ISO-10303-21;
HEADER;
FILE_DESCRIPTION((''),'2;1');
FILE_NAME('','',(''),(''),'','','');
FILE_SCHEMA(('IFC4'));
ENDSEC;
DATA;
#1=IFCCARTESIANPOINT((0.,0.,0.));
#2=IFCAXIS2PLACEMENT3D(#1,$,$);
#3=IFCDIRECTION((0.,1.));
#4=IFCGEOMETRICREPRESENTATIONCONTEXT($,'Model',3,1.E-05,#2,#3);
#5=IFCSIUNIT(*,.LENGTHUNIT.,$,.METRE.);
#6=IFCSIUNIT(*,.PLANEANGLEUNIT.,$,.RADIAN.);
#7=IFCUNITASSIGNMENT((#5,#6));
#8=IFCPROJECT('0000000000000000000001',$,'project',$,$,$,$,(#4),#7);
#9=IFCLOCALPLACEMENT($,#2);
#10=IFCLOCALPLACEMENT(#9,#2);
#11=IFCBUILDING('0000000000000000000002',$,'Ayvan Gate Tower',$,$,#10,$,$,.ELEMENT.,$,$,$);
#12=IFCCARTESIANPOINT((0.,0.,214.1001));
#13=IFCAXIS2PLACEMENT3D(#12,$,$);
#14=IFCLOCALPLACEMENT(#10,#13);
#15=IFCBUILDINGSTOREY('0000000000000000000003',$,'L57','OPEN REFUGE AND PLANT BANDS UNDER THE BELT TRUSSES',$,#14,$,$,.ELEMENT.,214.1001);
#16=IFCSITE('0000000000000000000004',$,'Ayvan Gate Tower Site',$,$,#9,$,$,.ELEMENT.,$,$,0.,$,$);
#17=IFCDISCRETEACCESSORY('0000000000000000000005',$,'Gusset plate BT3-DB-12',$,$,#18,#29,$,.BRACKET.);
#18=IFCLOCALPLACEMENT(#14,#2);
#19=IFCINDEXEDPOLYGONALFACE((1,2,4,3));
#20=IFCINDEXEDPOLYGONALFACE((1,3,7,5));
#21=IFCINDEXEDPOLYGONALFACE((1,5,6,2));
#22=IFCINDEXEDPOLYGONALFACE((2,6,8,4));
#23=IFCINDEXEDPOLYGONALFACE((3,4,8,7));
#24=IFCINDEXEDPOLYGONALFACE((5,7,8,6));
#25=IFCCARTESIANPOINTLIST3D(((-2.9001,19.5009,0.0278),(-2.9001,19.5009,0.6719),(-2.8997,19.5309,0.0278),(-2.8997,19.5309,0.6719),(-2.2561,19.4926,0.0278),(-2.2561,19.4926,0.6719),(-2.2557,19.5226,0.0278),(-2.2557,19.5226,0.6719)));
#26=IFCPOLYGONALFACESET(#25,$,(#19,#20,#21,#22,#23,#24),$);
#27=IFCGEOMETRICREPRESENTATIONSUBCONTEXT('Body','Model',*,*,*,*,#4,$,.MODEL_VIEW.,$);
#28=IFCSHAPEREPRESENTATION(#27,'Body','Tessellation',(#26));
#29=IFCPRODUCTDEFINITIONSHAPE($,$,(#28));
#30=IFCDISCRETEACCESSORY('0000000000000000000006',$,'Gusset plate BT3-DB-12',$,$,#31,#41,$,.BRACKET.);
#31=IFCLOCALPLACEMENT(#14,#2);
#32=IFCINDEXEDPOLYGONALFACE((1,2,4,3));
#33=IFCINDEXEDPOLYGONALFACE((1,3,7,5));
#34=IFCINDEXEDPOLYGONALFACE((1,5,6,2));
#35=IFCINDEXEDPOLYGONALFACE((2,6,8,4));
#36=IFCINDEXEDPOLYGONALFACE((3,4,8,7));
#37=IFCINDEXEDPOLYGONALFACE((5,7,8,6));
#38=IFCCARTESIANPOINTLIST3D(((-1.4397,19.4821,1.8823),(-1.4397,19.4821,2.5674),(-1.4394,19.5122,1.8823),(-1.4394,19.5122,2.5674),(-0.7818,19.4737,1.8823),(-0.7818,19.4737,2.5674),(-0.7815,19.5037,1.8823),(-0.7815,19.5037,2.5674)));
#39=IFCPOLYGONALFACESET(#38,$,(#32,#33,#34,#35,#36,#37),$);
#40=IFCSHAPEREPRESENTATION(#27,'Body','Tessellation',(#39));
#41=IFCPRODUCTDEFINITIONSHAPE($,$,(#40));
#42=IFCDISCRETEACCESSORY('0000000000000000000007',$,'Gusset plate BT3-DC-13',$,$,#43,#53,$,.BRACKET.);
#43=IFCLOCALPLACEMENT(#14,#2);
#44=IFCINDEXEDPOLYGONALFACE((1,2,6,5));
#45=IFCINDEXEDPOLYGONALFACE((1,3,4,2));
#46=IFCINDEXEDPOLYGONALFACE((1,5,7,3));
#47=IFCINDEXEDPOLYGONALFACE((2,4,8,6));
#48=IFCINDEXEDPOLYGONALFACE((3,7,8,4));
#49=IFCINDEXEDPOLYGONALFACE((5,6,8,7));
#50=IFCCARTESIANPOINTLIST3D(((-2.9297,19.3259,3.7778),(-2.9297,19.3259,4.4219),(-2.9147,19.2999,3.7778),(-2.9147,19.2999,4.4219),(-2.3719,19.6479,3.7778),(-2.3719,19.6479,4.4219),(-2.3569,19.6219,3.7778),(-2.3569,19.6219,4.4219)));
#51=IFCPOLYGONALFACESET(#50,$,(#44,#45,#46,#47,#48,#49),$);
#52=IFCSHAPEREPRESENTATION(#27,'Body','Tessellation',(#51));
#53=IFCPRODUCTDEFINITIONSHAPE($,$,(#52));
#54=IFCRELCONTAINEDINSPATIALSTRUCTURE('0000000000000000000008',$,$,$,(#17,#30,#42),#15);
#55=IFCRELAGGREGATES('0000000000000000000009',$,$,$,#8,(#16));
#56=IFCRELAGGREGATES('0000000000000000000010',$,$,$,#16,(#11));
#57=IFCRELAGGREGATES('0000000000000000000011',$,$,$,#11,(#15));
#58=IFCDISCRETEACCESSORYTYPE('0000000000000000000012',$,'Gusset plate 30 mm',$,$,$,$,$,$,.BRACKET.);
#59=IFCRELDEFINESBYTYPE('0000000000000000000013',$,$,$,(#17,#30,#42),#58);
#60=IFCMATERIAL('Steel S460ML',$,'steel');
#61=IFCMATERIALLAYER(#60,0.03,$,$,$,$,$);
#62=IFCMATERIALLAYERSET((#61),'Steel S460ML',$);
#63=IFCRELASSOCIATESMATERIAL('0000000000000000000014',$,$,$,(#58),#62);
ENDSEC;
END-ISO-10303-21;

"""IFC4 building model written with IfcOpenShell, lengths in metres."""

from ifc_helpers import new_model, si_unit, direction, frame, origin, origin_2d, place, context, subcontext, project, spatial, rectangle, extrude, material, layer, layer_set, type_object, element, save


model = new_model("IFC4")

# Units and contexts
model_context = context("Model", 3, precision=1e-05, world=origin(), true_north=direction((0.0, 1.0)))
body_context = subcontext(model_context, "Body", "Model", "MODEL_VIEW")
ifc_project = project(units=[si_unit("LENGTHUNIT", "METRE"), si_unit("PLANEANGLEUNIT", "RADIAN")], contexts=[model_context])

# Site, building, storey
site_placement = place(None, origin())
site = spatial("IfcSite", under=ifc_project, at=site_placement, Name="Ayvan Gate Tower Site", CompositionType="ELEMENT", RefElevation=0.0)
building_placement = place(site_placement, origin())
building = spatial("IfcBuilding", under=site, at=building_placement, Name="Ayvan Gate Tower", CompositionType="ELEMENT")
storey_placement = place(building_placement, frame((0.0, 0.0, 214.1001)))
storey = spatial("IfcBuildingStorey", under=building, at=storey_placement, Name="L57", Description="OPEN REFUGE AND PLANT BANDS UNDER THE BELT TRUSSES", CompositionType="ELEMENT", Elevation=214.1001)

# Shared definitions
ifc_material_1 = material(Name="Steel S460ML", Category="steel")

# Discrete accessories
ifc_layer_1 = layer(ifc_material_1, 0.03)
ifc_layer_set_1 = layer_set([ifc_layer_1], Name="Steel S460ML")
discrete_accessory_type_1 = type_object("IfcDiscreteAccessoryType", Name="Gusset plate 30 mm", PredefinedType="BRACKET", material=ifc_layer_set_1)
discrete_accessory_1_placement = place(storey_placement, frame((-2.5779, 19.5117, 0.0278), z_axis=(0.0, 0.0, 1.0), x_axis=(-0.999917, 0.012877, 0.0)))
element("IfcDiscreteAccessory", 1, at=discrete_accessory_1_placement, inside=storey, type_object=discrete_accessory_type_1, Name="Gusset plate BT3-DB-12", PredefinedType="BRACKET", context=body_context, shape_type="SweptSolid", body=[
    extrude(rectangle(XDim=0.644, YDim=0.03, at=origin_2d()), origin(), (0.0, 0.0, 1.0), 0.644),
])
discrete_accessory_2_placement = place(storey_placement, frame((-1.1106, 19.4929, 1.8823), z_axis=(0.0, 0.0, 1.0), x_axis=(-0.999917, 0.012877, 0.0)))
element("IfcDiscreteAccessory", 2, at=discrete_accessory_2_placement, inside=storey, type_object=discrete_accessory_type_1, Name="Gusset plate BT3-DB-12", PredefinedType="BRACKET", context=body_context, shape_type="SweptSolid", body=[
    extrude(rectangle(XDim=0.658, YDim=0.03, at=origin_2d()), origin(), (0.0, 0.0, 1.0), 0.6851),
])
discrete_accessory_3_placement = place(storey_placement, frame((-2.6433, 19.4739, 3.7778), z_axis=(0.0, 0.0, 1.0), x_axis=(0.866025, 0.5, 0.0)))
element("IfcDiscreteAccessory", 3, at=discrete_accessory_3_placement, inside=storey, type_object=discrete_accessory_type_1, Name="Gusset plate BT3-DC-13", PredefinedType="BRACKET", context=body_context, shape_type="SweptSolid", body=[
    extrude(rectangle(XDim=0.644, YDim=0.03, at=origin_2d()), origin(), (0.0, 0.0, 1.0), 0.644),
])

save(model, "model.ifc")
